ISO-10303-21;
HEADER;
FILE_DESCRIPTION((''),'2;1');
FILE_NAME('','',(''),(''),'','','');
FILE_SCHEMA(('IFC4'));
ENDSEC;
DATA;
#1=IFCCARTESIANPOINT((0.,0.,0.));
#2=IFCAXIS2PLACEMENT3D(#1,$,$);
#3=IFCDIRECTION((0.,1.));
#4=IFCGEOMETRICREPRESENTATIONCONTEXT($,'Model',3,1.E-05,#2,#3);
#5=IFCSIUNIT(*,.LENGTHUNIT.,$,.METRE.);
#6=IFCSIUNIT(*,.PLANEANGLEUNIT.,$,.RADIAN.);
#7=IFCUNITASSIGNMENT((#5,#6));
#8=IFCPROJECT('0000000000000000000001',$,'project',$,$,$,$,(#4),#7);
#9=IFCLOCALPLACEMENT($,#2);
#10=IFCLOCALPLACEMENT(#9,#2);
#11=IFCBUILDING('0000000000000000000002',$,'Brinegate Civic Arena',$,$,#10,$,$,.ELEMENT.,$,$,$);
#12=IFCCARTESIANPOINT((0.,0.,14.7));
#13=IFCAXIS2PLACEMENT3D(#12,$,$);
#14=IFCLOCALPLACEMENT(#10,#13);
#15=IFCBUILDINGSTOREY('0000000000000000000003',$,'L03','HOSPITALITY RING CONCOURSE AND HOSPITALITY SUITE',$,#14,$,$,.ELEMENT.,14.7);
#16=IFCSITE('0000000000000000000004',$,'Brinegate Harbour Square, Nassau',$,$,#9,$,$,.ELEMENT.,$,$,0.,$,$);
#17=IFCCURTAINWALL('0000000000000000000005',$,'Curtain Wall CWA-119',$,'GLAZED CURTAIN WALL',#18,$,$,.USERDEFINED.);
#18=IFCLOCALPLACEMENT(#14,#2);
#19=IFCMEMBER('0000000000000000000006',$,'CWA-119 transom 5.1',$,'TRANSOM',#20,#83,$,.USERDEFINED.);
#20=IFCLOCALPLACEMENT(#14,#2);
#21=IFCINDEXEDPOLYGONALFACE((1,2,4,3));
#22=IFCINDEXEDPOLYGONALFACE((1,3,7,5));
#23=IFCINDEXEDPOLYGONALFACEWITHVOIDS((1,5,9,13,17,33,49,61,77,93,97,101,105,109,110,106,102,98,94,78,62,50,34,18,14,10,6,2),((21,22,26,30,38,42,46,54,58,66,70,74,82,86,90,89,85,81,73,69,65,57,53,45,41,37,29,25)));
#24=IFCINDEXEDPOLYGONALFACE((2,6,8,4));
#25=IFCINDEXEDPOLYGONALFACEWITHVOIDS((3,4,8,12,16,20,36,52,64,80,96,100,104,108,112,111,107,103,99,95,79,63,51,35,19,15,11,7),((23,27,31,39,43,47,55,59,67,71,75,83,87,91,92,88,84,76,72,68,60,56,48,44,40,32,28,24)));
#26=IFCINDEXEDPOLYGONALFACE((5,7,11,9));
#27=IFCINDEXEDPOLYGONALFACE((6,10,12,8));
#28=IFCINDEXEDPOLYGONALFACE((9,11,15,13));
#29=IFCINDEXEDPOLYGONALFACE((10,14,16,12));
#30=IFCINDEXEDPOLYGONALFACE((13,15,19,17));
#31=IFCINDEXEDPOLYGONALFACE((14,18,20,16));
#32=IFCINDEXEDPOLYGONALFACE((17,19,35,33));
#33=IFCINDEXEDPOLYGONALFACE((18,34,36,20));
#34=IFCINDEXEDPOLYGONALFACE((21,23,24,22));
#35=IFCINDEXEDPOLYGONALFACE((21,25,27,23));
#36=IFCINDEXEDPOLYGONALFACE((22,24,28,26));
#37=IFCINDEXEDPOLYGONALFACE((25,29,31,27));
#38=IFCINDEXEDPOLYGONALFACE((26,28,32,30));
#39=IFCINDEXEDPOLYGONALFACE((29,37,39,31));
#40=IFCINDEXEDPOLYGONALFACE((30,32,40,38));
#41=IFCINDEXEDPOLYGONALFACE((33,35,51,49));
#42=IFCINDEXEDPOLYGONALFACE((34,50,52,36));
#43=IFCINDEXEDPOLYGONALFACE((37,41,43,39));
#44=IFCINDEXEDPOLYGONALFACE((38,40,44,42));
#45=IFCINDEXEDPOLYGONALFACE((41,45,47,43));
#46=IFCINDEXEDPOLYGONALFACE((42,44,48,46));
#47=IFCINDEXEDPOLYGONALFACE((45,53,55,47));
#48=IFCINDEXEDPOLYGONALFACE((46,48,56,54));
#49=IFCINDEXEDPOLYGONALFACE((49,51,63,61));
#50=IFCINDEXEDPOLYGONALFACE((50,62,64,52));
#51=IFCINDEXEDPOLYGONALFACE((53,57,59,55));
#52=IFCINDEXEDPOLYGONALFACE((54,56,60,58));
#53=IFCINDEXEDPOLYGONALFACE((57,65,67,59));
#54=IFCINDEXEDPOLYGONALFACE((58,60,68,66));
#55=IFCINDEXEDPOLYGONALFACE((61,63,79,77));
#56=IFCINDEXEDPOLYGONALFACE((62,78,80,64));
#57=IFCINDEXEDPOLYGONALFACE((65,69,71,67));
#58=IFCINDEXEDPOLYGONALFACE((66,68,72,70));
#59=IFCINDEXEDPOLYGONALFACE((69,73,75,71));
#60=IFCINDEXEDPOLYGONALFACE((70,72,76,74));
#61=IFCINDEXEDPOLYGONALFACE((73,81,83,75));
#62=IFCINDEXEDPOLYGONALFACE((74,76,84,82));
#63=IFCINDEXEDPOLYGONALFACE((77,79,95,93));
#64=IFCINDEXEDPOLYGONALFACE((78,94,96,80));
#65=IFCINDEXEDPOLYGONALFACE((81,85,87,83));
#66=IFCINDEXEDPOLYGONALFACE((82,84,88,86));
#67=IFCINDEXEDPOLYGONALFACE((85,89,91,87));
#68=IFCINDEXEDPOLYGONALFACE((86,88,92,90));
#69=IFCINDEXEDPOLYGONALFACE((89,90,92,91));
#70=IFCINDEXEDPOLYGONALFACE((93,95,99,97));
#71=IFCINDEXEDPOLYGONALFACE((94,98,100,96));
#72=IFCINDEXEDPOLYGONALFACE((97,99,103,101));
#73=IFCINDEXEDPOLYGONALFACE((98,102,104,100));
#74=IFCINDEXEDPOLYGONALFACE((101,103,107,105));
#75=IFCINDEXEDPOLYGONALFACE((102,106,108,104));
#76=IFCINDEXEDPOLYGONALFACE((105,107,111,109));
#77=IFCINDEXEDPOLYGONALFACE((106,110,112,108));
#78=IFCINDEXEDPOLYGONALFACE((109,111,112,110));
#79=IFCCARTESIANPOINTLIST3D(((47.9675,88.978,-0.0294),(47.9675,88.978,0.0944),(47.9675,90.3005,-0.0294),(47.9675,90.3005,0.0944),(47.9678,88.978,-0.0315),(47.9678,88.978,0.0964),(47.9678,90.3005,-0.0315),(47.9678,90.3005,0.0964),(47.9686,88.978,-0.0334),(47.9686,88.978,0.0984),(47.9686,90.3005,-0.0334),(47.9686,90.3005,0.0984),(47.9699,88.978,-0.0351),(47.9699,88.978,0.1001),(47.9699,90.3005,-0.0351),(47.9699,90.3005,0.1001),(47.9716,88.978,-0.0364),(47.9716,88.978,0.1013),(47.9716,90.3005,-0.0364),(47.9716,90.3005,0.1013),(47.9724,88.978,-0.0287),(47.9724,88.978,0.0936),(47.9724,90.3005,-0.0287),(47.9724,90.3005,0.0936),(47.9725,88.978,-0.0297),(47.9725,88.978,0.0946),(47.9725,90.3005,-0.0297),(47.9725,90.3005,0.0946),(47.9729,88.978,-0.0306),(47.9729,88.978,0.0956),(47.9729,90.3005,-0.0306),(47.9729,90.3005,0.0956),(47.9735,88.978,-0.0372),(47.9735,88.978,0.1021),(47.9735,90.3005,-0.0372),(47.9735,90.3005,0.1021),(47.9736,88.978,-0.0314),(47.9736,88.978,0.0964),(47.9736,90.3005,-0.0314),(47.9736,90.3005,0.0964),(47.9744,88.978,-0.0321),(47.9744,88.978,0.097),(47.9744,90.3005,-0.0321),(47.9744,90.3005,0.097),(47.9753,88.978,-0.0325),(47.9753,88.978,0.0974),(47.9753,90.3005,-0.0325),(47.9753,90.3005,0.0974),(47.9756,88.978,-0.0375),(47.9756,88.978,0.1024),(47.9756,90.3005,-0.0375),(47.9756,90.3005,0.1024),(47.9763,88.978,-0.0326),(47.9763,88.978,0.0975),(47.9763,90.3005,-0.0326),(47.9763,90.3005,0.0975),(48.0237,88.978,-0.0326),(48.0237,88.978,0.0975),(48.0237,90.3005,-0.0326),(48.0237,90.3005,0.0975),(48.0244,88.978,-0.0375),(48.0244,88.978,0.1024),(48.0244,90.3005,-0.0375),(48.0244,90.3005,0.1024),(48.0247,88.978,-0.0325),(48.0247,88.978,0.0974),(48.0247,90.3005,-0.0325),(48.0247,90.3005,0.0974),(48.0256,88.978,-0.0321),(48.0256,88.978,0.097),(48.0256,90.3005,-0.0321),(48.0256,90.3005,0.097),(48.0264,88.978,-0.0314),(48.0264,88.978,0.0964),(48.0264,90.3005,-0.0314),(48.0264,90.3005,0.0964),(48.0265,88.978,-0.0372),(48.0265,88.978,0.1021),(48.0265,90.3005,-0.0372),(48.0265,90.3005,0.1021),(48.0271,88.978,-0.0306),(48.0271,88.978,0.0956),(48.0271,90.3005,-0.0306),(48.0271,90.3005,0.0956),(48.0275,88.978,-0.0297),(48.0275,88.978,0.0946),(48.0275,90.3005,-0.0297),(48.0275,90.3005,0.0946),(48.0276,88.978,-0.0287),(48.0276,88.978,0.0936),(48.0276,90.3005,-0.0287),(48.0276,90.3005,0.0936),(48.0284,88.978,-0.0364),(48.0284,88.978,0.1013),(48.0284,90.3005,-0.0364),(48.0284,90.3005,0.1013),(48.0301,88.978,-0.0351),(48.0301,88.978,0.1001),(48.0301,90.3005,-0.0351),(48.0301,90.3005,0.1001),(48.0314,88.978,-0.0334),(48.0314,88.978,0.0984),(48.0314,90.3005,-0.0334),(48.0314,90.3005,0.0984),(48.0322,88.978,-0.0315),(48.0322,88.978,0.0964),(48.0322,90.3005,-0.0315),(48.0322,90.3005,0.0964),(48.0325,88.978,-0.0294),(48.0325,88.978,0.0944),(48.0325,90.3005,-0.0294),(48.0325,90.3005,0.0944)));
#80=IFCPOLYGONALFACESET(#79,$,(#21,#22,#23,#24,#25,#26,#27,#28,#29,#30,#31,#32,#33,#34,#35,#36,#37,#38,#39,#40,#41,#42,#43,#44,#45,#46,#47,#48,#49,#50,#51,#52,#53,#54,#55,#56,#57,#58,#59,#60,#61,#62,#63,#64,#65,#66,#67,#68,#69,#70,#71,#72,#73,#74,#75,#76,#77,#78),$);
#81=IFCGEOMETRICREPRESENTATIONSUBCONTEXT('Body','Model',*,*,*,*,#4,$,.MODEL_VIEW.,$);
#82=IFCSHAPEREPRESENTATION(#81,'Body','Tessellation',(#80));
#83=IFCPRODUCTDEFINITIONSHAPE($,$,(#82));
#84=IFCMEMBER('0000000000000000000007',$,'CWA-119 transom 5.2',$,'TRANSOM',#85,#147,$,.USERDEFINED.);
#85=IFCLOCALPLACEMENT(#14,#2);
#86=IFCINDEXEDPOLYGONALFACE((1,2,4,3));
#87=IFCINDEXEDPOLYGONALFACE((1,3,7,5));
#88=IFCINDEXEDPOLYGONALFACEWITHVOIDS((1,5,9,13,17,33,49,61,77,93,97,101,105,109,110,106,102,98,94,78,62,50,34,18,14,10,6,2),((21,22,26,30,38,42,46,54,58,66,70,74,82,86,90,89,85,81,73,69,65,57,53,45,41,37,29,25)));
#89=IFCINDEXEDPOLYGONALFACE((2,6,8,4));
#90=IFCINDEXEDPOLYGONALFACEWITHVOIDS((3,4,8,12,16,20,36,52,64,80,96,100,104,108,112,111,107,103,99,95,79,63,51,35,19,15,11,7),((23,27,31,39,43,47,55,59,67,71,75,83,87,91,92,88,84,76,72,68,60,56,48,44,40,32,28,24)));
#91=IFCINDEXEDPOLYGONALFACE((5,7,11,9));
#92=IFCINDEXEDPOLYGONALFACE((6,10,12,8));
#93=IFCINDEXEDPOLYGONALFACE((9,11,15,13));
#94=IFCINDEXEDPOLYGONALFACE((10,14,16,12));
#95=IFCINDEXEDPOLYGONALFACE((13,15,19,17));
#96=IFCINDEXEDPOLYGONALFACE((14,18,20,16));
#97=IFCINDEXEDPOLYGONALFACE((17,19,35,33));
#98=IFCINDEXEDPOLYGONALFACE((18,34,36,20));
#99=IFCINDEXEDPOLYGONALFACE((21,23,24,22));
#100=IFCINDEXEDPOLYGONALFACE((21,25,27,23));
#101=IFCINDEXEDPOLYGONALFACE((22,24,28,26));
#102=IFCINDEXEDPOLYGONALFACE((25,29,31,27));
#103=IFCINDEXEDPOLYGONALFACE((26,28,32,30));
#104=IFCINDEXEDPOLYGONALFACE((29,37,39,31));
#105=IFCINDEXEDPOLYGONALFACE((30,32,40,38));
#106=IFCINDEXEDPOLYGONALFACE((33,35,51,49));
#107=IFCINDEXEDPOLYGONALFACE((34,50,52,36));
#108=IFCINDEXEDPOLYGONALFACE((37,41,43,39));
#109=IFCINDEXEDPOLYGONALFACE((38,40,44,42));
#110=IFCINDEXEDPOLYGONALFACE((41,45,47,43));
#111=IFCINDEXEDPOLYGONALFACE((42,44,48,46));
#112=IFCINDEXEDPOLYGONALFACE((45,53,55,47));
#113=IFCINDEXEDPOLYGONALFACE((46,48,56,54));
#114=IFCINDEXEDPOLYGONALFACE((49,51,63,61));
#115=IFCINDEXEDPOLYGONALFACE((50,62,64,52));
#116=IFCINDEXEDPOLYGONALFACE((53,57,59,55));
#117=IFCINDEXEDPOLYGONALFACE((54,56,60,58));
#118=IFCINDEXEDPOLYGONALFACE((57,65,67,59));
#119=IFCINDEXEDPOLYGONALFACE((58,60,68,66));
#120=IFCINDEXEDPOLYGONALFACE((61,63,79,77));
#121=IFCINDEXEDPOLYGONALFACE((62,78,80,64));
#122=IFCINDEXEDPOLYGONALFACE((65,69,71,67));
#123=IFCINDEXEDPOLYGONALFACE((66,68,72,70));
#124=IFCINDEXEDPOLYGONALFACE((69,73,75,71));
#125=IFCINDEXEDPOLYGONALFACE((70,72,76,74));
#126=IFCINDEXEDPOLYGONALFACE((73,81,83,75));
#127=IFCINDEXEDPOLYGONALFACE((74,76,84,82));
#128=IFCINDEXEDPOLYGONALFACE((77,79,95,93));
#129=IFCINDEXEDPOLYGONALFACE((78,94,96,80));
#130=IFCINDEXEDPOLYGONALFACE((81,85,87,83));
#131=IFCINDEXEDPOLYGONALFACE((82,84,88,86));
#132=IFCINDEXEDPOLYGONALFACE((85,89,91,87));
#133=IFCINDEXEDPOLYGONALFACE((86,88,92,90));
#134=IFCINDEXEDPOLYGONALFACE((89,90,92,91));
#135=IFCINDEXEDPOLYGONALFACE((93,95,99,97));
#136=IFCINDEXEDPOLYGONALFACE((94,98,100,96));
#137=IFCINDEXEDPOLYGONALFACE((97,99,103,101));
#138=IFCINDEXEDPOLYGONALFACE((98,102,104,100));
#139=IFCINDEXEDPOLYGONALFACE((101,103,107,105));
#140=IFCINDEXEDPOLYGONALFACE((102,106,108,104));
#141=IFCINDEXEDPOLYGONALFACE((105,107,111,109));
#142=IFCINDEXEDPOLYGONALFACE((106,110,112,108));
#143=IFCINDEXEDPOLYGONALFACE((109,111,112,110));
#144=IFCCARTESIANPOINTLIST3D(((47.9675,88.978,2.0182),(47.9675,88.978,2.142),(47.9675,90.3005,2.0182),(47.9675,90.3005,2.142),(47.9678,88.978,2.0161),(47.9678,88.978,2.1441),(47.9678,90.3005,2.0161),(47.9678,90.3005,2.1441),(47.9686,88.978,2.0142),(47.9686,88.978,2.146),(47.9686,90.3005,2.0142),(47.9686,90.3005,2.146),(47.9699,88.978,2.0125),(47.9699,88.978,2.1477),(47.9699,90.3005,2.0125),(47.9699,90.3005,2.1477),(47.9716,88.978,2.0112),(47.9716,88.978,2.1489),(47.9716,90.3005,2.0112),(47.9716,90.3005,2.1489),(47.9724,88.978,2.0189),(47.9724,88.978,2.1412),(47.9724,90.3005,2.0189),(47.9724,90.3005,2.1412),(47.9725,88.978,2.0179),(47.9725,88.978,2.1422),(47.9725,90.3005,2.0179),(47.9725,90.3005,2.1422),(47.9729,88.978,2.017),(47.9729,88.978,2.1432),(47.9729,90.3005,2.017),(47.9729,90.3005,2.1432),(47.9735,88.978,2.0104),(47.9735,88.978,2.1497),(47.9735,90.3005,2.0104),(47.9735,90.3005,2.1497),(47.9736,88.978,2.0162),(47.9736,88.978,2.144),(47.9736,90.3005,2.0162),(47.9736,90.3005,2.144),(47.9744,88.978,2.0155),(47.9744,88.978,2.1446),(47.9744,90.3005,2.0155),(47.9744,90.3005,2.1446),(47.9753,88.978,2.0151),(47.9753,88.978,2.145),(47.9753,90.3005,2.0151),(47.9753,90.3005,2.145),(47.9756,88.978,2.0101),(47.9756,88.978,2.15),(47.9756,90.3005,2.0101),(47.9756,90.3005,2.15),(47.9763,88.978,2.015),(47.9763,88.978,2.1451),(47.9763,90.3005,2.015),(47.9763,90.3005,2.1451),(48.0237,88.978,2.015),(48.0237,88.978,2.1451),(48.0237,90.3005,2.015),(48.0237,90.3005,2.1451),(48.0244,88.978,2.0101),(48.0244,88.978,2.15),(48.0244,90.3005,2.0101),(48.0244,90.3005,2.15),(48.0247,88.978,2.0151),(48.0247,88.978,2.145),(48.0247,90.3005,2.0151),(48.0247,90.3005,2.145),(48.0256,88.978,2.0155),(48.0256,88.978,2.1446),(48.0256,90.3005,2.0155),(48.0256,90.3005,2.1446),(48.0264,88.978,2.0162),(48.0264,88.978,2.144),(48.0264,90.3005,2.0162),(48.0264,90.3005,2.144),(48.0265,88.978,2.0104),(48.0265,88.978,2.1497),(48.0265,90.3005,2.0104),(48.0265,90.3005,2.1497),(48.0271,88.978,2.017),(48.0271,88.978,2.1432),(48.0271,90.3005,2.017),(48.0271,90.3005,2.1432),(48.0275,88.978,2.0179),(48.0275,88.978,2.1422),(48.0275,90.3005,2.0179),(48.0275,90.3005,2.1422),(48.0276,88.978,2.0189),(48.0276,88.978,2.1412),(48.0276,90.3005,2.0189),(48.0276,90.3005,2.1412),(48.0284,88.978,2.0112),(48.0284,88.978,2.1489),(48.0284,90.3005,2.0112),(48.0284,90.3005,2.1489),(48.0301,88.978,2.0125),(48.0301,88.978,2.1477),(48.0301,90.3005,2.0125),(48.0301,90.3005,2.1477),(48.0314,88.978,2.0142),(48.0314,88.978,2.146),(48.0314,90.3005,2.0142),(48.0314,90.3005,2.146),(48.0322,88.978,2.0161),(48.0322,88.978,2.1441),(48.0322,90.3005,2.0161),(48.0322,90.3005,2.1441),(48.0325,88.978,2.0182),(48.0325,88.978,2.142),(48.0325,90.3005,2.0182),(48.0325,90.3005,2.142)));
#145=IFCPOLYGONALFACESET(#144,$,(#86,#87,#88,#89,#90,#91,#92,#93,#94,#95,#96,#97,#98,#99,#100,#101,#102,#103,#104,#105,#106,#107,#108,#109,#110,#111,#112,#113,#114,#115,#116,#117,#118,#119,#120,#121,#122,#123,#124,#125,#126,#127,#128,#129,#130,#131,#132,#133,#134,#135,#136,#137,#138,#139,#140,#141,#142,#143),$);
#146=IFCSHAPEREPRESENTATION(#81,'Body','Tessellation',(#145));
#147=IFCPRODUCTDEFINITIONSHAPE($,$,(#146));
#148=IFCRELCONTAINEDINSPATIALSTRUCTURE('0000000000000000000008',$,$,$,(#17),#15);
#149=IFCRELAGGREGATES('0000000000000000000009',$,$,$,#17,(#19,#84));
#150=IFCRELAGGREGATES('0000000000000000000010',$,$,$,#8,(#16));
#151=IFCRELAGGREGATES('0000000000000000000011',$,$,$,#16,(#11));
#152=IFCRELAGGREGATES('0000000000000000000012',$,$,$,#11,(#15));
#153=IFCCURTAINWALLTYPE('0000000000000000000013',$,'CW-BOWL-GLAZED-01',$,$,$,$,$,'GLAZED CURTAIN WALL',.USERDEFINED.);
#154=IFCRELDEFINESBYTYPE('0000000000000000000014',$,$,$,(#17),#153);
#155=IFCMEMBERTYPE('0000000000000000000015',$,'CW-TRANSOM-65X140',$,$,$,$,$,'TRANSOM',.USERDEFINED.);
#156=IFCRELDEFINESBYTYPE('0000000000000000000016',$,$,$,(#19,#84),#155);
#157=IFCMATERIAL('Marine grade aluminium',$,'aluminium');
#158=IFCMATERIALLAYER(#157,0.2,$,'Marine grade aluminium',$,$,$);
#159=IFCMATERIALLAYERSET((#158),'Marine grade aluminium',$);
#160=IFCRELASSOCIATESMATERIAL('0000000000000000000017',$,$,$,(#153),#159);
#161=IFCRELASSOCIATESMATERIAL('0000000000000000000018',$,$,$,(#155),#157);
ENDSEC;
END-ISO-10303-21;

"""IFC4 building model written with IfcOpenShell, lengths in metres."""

from ifc_helpers import new_model, si_unit, direction, frame, origin, origin_2d, place, context, subcontext, project, spatial, hollow_rectangle, extrude, material, layer, layer_set, material_profile, profile_set, type_object, element, aggregate, save


model = new_model("IFC4")

# Units and contexts
model_context = context("Model", 3, precision=1e-05, world=origin(), true_north=direction((0.0, 1.0)))
body_context = subcontext(model_context, "Body", "Model", "MODEL_VIEW")
ifc_project = project(units=[si_unit("LENGTHUNIT", "METRE"), si_unit("PLANEANGLEUNIT", "RADIAN")], contexts=[model_context])

# Site, building, storey
site_placement = place(None, origin())
site = spatial("IfcSite", under=ifc_project, at=site_placement, Name="Brinegate Harbour Square, Nassau", CompositionType="ELEMENT", RefElevation=0.0)
building_placement = place(site_placement, origin())
building = spatial("IfcBuilding", under=site, at=building_placement, Name="Brinegate Civic Arena", CompositionType="ELEMENT")
storey_placement = place(building_placement, frame((0.0, 0.0, 14.7)))
storey = spatial("IfcBuildingStorey", under=building, at=storey_placement, Name="L03", Description="HOSPITALITY RING CONCOURSE AND HOSPITALITY SUITE", CompositionType="ELEMENT", Elevation=14.7)

# Curtain wall, members
ifc_material_1 = material(Name="Marine grade aluminium", Category="aluminium")
ifc_layer_1 = layer(ifc_material_1, 0.2, Name="Marine grade aluminium")
ifc_layer_set_1 = layer_set([ifc_layer_1], Name="Marine grade aluminium")
curtain_wall_type = type_object("IfcCurtainWallType", Name="CW-BOWL-GLAZED-01", ElementType="GLAZED CURTAIN WALL", PredefinedType="USERDEFINED", material=ifc_layer_set_1)
curtain_wall_1_placement = place(storey_placement, origin())
curtain_wall_1 = element("IfcCurtainWall", 1, at=curtain_wall_1_placement, inside=storey, type_object=curtain_wall_type, Name="Curtain Wall CWA-119", ObjectType="GLAZED CURTAIN WALL", PredefinedType="USERDEFINED")
ifc_material_profile_1 = material_profile(ifc_material_1, hollow_rectangle(XDim=0.0649, YDim=0.1399, WallThickness=0.0049, InnerFilletRadius=0.0039, OuterFilletRadius=0.0081, at=origin_2d()), Name="TRN65X140")
ifc_profile_set_1 = profile_set([ifc_material_profile_1], Name="Marine grade aluminium")
member_type_1 = type_object("IfcMemberType", Name="CW-TRANSOM-65X140", ElementType="TRANSOM", PredefinedType="USERDEFINED", material=ifc_profile_set_1)
member_1_placement = place(storey_placement, frame((48.0, 88.978, 0.0325), z_axis=(0.0, 1.0, 0.0), x_axis=(-1.0, 0.0, 0.0)))
member_1 = element("IfcMember", 2, at=member_1_placement, type_object=member_type_1, Name="CWA-119 transom 5.1", ObjectType="TRANSOM", PredefinedType="USERDEFINED", context=body_context, shape_type="SweptSolid", body=[
    extrude(hollow_rectangle(XDim=0.0649, YDim=0.1399, WallThickness=0.0049, InnerFilletRadius=0.0039, OuterFilletRadius=0.0081, at=origin_2d()), origin(), (0.0, 0.0, 1.0), 1.3225),
])
member_2_placement = place(storey_placement, frame((48.0, 88.978, 2.0801), z_axis=(0.0, 1.0, 0.0), x_axis=(-1.0, 0.0, 0.0)))
member_2 = element("IfcMember", 3, at=member_2_placement, type_object=member_type_1, Name="CWA-119 transom 5.2", ObjectType="TRANSOM", PredefinedType="USERDEFINED", context=body_context, shape_type="SweptSolid", body=[
    extrude(hollow_rectangle(XDim=0.0649, YDim=0.1399, WallThickness=0.0049, InnerFilletRadius=0.0039, OuterFilletRadius=0.0081, at=origin_2d()), origin(), (0.0, 0.0, 1.0), 1.3225),
])

aggregate(curtain_wall_1, [member_1, member_2])

save(model, "model.ifc")
